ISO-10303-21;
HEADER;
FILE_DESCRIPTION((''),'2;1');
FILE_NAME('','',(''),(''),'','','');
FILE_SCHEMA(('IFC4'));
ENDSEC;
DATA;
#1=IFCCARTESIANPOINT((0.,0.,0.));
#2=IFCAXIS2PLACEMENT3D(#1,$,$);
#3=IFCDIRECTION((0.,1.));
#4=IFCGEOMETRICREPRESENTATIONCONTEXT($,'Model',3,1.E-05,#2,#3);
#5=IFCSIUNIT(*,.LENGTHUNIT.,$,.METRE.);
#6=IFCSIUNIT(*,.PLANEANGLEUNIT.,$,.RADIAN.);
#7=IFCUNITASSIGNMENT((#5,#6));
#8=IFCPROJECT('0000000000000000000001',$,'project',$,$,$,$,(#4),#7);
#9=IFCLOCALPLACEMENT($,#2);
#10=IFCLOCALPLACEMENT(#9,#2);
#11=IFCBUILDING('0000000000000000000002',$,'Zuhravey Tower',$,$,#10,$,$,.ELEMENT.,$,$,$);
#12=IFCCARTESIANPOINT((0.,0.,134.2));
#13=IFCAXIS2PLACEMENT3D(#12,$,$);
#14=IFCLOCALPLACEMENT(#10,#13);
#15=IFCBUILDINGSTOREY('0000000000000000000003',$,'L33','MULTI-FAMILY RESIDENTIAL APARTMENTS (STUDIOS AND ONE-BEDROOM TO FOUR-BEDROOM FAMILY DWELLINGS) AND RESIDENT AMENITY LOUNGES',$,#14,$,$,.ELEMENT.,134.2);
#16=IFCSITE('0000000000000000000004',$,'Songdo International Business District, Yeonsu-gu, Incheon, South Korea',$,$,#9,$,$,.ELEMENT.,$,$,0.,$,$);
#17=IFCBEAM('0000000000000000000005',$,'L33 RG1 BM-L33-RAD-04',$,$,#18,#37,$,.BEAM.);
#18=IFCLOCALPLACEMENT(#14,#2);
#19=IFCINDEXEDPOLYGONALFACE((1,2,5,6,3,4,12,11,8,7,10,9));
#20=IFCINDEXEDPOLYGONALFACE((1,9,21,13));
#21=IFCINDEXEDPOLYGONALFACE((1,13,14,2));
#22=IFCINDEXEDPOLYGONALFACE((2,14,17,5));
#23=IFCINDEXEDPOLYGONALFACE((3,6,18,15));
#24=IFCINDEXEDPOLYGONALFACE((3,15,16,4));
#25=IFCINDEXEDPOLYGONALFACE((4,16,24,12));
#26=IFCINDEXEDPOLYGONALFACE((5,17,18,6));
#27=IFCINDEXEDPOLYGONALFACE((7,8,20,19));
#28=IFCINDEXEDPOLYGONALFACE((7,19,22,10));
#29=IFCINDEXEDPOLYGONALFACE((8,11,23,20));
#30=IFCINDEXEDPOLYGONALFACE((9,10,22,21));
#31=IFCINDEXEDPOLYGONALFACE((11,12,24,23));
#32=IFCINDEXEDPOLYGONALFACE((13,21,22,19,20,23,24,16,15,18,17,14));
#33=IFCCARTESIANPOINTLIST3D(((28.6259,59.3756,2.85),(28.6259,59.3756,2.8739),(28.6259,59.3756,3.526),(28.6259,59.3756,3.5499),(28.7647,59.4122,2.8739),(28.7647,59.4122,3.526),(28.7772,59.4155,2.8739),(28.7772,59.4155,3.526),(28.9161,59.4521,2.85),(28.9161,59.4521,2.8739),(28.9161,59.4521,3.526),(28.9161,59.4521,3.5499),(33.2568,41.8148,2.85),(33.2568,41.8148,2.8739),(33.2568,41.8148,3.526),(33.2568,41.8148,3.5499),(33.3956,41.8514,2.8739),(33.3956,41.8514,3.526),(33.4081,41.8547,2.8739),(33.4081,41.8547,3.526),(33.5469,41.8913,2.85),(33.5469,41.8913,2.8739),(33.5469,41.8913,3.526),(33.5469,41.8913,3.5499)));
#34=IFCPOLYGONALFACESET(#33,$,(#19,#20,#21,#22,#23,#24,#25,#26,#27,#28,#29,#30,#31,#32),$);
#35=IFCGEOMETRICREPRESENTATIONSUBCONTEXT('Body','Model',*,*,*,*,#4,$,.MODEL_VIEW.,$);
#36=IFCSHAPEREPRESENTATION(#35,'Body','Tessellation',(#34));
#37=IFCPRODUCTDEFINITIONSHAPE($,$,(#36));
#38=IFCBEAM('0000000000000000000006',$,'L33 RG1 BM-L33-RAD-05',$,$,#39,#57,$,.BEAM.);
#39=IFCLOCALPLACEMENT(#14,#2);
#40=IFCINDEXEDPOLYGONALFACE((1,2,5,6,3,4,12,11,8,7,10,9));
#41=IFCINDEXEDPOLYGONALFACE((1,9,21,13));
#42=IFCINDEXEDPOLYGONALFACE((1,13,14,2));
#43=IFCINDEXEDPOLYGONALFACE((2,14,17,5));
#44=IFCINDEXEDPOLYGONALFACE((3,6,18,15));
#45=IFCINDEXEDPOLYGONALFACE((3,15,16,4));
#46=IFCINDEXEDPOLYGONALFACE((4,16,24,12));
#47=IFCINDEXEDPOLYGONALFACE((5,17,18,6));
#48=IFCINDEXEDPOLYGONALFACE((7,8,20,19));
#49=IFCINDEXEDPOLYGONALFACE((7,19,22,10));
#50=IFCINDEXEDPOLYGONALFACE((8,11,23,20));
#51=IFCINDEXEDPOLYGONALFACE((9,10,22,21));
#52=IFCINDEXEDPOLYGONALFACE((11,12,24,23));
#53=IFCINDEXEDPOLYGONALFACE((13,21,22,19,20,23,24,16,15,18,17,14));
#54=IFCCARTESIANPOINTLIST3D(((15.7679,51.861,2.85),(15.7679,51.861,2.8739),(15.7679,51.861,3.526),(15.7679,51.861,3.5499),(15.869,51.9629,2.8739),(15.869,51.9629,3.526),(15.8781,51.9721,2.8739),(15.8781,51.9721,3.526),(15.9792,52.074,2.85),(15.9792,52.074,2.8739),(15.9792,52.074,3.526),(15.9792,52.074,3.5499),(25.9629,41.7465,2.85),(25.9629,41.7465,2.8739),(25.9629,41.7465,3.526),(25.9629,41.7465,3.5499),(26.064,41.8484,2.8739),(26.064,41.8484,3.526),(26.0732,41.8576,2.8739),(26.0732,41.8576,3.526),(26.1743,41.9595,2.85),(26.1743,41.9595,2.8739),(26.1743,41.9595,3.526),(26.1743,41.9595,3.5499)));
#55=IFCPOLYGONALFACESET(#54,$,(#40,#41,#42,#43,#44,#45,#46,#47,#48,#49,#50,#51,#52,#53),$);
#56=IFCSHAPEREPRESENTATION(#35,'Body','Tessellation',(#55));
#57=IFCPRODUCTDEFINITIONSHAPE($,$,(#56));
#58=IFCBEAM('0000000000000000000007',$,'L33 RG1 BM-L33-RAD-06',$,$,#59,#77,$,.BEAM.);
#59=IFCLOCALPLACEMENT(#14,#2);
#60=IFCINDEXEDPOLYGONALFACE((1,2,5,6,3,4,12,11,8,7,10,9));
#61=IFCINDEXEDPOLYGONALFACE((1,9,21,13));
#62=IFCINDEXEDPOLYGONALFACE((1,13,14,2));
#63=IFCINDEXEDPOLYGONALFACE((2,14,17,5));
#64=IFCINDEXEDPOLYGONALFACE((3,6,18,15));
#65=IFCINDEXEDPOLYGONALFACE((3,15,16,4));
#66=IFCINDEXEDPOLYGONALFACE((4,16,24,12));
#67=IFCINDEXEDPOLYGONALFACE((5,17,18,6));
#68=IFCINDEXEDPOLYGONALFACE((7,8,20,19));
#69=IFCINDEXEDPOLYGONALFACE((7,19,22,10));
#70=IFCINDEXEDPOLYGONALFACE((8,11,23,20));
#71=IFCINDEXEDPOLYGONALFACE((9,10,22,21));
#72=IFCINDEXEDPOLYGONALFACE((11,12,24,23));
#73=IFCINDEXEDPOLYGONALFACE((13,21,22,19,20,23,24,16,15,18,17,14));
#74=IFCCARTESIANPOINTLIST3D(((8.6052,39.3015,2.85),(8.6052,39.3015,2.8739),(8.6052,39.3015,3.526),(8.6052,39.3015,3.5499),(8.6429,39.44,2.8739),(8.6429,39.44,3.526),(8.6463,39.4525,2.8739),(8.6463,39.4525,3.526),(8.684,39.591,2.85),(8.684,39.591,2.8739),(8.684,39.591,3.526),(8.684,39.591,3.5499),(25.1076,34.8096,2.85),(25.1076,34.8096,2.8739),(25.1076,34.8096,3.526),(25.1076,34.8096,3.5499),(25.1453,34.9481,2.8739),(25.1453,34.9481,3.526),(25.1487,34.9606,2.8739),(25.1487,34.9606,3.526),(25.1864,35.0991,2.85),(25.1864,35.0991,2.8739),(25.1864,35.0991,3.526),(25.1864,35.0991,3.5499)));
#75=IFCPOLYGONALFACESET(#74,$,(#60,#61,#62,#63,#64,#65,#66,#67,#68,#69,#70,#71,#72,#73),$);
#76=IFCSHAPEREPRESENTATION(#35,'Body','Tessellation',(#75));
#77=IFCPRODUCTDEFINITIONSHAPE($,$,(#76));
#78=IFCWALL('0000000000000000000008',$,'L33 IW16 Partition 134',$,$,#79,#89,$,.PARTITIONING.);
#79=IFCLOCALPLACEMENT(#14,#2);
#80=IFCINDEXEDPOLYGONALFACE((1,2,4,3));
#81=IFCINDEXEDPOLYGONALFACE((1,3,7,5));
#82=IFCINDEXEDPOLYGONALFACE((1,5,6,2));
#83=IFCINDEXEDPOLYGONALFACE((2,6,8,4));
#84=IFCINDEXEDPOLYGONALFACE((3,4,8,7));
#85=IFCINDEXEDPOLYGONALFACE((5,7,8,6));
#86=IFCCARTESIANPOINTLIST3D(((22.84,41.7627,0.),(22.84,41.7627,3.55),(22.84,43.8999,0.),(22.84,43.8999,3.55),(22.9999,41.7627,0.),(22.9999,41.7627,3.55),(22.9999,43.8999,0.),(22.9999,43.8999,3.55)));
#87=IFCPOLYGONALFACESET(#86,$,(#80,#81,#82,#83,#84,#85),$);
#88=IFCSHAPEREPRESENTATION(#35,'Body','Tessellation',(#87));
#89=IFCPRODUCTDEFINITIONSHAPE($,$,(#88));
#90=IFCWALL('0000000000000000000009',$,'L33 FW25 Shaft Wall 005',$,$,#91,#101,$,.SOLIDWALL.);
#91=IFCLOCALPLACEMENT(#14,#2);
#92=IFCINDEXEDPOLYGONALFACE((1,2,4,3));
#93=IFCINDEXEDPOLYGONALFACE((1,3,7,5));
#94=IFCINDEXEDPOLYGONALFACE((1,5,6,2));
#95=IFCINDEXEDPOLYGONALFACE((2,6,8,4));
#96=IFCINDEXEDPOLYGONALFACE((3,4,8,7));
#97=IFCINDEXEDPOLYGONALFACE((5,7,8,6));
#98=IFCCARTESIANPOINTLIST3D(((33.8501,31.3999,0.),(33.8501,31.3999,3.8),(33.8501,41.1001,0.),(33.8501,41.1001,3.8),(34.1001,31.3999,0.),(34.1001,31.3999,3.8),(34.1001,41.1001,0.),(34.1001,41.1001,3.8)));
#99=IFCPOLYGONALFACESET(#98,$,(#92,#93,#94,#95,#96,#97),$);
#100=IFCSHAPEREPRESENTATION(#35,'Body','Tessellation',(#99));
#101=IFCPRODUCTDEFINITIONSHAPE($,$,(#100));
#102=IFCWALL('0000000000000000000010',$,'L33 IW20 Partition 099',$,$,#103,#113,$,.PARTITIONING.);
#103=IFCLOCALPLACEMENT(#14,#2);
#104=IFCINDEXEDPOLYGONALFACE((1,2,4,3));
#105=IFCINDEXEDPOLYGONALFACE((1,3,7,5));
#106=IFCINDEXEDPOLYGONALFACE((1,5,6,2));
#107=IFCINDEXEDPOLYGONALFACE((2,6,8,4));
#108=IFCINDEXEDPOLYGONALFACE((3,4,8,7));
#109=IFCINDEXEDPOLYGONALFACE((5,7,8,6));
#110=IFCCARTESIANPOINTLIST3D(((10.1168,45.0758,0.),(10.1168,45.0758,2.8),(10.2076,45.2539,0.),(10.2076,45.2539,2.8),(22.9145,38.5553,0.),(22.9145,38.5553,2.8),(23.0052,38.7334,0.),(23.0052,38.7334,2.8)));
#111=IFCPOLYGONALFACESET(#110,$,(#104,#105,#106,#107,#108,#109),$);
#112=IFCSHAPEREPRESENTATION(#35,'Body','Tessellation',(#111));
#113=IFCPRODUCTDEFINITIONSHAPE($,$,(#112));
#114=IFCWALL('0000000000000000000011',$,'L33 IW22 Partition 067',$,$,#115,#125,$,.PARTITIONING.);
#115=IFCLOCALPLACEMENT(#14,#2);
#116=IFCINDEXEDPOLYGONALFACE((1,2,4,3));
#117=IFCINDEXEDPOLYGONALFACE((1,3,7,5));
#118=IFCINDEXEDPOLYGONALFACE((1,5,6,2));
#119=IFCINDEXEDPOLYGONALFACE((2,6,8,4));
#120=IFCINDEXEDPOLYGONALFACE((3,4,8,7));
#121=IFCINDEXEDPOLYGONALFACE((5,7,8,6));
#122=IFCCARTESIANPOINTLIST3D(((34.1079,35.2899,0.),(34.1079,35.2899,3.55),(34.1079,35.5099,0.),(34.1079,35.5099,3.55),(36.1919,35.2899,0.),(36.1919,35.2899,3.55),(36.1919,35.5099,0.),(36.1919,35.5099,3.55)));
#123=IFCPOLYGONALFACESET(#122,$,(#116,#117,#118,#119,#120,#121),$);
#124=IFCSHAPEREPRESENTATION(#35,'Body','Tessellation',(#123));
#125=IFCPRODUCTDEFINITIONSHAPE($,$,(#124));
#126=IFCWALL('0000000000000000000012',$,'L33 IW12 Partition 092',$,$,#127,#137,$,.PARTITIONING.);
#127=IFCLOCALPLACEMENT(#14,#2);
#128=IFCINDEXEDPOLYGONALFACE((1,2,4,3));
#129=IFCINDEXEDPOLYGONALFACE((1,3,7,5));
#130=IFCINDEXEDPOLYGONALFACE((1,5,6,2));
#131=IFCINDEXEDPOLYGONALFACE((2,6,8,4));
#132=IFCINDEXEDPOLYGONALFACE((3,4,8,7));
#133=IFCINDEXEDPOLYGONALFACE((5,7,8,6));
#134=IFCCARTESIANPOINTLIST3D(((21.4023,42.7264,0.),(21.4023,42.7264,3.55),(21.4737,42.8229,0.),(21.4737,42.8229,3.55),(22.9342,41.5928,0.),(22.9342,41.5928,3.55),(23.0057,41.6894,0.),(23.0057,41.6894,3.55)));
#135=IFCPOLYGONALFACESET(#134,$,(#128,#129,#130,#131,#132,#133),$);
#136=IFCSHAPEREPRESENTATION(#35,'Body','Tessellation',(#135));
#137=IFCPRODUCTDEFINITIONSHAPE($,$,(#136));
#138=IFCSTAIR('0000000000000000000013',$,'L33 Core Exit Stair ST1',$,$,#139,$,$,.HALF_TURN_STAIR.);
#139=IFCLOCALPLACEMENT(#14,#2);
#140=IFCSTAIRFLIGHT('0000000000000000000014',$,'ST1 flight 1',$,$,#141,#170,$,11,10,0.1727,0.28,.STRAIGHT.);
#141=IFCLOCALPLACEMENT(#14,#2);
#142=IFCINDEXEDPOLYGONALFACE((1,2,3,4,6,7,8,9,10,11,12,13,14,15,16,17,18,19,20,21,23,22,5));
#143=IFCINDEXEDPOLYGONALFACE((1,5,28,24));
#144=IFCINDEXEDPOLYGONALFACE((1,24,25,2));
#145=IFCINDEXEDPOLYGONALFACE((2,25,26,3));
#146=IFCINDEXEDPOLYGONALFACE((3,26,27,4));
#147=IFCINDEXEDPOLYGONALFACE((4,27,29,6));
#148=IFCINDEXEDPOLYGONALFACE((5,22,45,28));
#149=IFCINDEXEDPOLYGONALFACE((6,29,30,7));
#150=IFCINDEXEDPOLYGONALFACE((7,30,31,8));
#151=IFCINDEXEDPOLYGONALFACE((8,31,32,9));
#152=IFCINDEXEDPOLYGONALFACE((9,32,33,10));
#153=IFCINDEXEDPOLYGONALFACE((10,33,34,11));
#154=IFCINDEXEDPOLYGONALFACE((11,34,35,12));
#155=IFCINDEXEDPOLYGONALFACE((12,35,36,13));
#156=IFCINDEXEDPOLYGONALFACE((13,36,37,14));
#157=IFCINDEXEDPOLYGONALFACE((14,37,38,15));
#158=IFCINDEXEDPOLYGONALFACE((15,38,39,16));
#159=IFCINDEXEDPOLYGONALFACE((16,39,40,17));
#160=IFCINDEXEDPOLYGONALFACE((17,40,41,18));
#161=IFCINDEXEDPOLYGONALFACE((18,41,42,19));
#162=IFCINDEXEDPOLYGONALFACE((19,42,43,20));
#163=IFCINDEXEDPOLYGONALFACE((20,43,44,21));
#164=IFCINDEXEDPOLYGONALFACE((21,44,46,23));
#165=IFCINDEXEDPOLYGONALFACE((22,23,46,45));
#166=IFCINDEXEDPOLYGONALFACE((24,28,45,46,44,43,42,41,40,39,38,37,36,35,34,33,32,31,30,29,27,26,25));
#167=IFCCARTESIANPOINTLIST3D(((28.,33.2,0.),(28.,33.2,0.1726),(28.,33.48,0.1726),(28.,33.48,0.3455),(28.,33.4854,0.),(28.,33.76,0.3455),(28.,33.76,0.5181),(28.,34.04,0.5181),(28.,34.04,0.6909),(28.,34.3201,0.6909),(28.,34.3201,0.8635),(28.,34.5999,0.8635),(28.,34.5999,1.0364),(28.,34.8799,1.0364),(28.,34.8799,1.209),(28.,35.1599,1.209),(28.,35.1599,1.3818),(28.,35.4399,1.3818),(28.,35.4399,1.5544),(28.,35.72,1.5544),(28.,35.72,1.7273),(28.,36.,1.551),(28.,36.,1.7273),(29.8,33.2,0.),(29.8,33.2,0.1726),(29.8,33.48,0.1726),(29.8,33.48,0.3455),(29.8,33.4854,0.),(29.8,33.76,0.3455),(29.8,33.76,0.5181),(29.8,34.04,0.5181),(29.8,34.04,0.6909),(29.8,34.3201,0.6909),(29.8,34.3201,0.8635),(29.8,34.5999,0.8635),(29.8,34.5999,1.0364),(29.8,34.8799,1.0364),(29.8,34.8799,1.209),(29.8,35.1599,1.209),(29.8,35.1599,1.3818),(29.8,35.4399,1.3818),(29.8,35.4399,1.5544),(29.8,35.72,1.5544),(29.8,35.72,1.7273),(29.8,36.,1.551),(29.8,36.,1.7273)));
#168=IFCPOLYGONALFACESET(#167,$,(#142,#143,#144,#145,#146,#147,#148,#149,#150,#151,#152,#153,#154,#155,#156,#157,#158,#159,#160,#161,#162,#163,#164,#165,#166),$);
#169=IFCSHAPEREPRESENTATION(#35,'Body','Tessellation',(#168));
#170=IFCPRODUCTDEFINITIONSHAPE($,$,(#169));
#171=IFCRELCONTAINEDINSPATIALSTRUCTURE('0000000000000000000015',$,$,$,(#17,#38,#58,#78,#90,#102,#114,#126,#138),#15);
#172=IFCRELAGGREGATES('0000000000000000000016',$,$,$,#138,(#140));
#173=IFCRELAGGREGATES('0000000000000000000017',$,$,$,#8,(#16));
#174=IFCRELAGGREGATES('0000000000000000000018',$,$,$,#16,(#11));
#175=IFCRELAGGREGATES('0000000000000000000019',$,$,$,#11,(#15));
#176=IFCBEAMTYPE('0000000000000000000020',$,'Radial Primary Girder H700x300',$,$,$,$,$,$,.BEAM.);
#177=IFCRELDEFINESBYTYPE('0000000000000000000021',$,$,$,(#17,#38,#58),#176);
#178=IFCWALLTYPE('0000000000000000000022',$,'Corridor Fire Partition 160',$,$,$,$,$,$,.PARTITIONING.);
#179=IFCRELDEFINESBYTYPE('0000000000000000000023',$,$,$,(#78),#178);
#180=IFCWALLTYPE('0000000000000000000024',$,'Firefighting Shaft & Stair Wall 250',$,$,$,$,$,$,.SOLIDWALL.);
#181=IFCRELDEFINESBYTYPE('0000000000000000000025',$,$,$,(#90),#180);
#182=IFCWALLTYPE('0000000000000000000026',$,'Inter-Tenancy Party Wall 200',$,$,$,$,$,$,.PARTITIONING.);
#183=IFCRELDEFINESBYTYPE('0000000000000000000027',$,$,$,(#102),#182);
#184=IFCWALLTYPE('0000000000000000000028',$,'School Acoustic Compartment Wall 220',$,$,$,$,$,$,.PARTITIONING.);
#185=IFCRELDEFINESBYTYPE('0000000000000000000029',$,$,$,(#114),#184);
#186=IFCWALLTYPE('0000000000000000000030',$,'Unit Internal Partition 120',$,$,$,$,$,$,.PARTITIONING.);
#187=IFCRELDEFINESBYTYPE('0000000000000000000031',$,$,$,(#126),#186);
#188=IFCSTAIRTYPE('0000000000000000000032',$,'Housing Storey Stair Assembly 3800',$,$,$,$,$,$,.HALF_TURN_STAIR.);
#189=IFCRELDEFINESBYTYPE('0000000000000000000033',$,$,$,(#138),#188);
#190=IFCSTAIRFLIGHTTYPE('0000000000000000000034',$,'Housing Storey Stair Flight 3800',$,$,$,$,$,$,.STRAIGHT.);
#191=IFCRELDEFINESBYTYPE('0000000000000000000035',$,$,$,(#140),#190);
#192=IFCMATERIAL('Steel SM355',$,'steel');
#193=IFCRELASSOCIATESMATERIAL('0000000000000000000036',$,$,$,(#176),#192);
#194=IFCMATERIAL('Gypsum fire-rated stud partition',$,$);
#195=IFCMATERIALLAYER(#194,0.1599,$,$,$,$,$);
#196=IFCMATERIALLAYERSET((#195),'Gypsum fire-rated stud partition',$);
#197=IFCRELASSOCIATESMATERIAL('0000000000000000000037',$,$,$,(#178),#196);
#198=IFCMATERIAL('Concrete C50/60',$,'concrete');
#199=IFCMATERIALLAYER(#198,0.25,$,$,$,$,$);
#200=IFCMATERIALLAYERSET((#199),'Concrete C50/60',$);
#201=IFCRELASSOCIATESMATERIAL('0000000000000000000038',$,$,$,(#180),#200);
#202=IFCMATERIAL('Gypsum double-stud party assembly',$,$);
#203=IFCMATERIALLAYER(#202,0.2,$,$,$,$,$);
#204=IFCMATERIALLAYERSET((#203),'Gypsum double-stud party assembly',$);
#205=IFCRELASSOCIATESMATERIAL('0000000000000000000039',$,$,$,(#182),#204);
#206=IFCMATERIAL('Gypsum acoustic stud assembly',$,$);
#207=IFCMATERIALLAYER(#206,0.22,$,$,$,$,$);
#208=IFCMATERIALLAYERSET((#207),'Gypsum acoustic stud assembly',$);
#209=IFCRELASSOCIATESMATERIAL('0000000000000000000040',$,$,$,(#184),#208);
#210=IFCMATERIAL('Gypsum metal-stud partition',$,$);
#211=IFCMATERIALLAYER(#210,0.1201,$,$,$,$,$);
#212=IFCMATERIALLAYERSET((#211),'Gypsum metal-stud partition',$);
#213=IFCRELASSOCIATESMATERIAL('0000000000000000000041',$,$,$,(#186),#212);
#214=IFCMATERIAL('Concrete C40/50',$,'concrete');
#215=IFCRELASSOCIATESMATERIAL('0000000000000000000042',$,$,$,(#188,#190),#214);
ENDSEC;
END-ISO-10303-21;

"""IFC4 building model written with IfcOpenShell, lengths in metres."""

from ifc_helpers import new_model, si_unit, direction, frame, frame_2d, origin, origin_2d, place, context, subcontext, project, spatial, polyline, rectangle, i_section, outline, extrude, material, layer, layer_set, material_profile, profile_set, type_object, element, aggregate, save


model = new_model("IFC4")

# Units and contexts
model_context = context("Model", 3, precision=1e-05, world=origin(), true_north=direction((0.0, 1.0)))
body_context = subcontext(model_context, "Body", "Model", "MODEL_VIEW")
ifc_project = project(units=[si_unit("LENGTHUNIT", "METRE"), si_unit("PLANEANGLEUNIT", "RADIAN")], contexts=[model_context])

# Site, building, storey
site_placement = place(None, origin())
site = spatial("IfcSite", under=ifc_project, at=site_placement, Name="Songdo International Business District, Yeonsu-gu, Incheon, South Korea", CompositionType="ELEMENT", RefElevation=0.0)
building_placement = place(site_placement, origin())
building = spatial("IfcBuilding", under=site, at=building_placement, Name="Zuhravey Tower", CompositionType="ELEMENT")
storey_placement = place(building_placement, frame((0.0, 0.0, 134.2)))
storey = spatial("IfcBuildingStorey", under=building, at=storey_placement, Name="L33", Description="MULTI-FAMILY RESIDENTIAL APARTMENTS (STUDIOS AND ONE-BEDROOM TO FOUR-BEDROOM FAMILY DWELLINGS) AND RESIDENT AMENITY LOUNGES", CompositionType="ELEMENT", Elevation=134.2)

# Beams
ifc_material_1 = material(Name="Steel SM355", Category="steel")
ifc_material_profile = material_profile(ifc_material_1, i_section(OverallWidth=0.3, OverallDepth=0.7, WebThickness=0.0129, FlangeThickness=0.0239, at=origin_2d()), Name="H-700x300x13x24")
ifc_profile_set = profile_set([ifc_material_profile], Name="Steel SM355")
beam_type = type_object("IfcBeamType", Name="Radial Primary Girder H700x300", PredefinedType="BEAM", material=ifc_profile_set)
beam_1_placement = place(storey_placement, frame((33.4019, 41.853, 3.2), z_axis=(-0.254988, 0.966944, 0.0), x_axis=(-0.966944, -0.254988, 0.0)))
element("IfcBeam", 1, at=beam_1_placement, inside=storey, type_object=beam_type, Name="L33 RG1 BM-L33-RAD-04", PredefinedType="BEAM", context=body_context, shape_type="SweptSolid", body=[
    extrude(i_section(OverallWidth=0.3, OverallDepth=0.7, WebThickness=0.0129, FlangeThickness=0.0239, at=origin_2d()), origin(), (0.0, 0.0, 1.0), 18.1611),
])
beam_2_placement = place(storey_placement, frame((26.0686, 41.853, 3.2), z_axis=(-0.709906, 0.704296, 0.0), x_axis=(-0.704296, -0.709906, 0.0)))
element("IfcBeam", 2, at=beam_2_placement, inside=storey, type_object=beam_type, Name="L33 RG1 BM-L33-RAD-05", PredefinedType="BEAM", context=body_context, shape_type="SweptSolid", body=[
    extrude(i_section(OverallWidth=0.3, OverallDepth=0.7, WebThickness=0.0129, FlangeThickness=0.0239, at=origin_2d()), origin(), (0.0, 0.0, 1.0), 14.3611),
])
beam_3_placement = place(storey_placement, frame((25.147, 34.9543, 3.2), z_axis=(-0.964893, 0.262643, 0.0), x_axis=(-0.262643, -0.964893, 0.0)))
element("IfcBeam", 3, at=beam_3_placement, inside=storey, type_object=beam_type, Name="L33 RG1 BM-L33-RAD-06", PredefinedType="BEAM", context=body_context, shape_type="SweptSolid", body=[
    extrude(i_section(OverallWidth=0.3, OverallDepth=0.7, WebThickness=0.0129, FlangeThickness=0.0239, at=origin_2d()), origin(), (0.0, 0.0, 1.0), 17.1028),
])

# Walls
ifc_material_2 = material(Name="Gypsum fire-rated stud partition")
ifc_layer_1 = layer(ifc_material_2, 0.1599)
ifc_layer_set_1 = layer_set([ifc_layer_1], Name="Gypsum fire-rated stud partition")
wall_type_1 = type_object("IfcWallType", Name="Corridor Fire Partition 160", PredefinedType="PARTITIONING", material=ifc_layer_set_1)
wall_1_placement = place(storey_placement, frame((22.9199, 43.8999, 0.0), z_axis=(0.0, 0.0, 1.0), x_axis=(0.0, -1.0, 0.0)))
element("IfcWall", 4, at=wall_1_placement, inside=storey, type_object=wall_type_1, Name="L33 IW16 Partition 134", PredefinedType="PARTITIONING", context=body_context, shape_type="SweptSolid", body=[
    extrude(rectangle(XDim=2.1372, YDim=0.1599, at=frame_2d((1.0686, 0.0))), origin(), (0.0, 0.0, 1.0), 3.55),
])
ifc_material_3 = material(Name="Concrete C50/60", Category="concrete")
ifc_layer_2 = layer(ifc_material_3, 0.25)
ifc_layer_set_2 = layer_set([ifc_layer_2], Name="Concrete C50/60")
wall_type_2 = type_object("IfcWallType", Name="Firefighting Shaft & Stair Wall 250", PredefinedType="SOLIDWALL", material=ifc_layer_set_2)
wall_2_placement = place(storey_placement, frame((33.9751, 31.3999, 0.0), z_axis=(0.0, 0.0, 1.0), x_axis=(0.0, 1.0, 0.0)))
element("IfcWall", 5, at=wall_2_placement, inside=storey, type_object=wall_type_2, Name="L33 FW25 Shaft Wall 005", PredefinedType="SOLIDWALL", context=body_context, shape_type="SweptSolid", body=[
    extrude(rectangle(XDim=9.7002, YDim=0.25, at=frame_2d((4.8501, 0.0))), origin(), (0.0, 0.0, 1.0), 3.8),
])
ifc_material_4 = material(Name="Gypsum double-stud party assembly")
ifc_layer_3 = layer(ifc_material_4, 0.2)
ifc_layer_set_3 = layer_set([ifc_layer_3], Name="Gypsum double-stud party assembly")
wall_type_3 = type_object("IfcWallType", Name="Inter-Tenancy Party Wall 200", PredefinedType="PARTITIONING", material=ifc_layer_set_3)
wall_3_placement = place(storey_placement, frame((22.96, 38.6443, 0.0), z_axis=(0.0, 0.0, 1.0), x_axis=(-0.891012, 0.45398, 0.0)))
element("IfcWall", 6, at=wall_3_placement, inside=storey, type_object=wall_type_3, Name="L33 IW20 Partition 099", PredefinedType="PARTITIONING", context=body_context, shape_type="SweptSolid", body=[
    extrude(rectangle(XDim=14.363, YDim=0.2, at=frame_2d((7.1816, 0.0))), origin(), (0.0, 0.0, 1.0), 2.8),
])
ifc_material_5 = material(Name="Gypsum acoustic stud assembly")
ifc_layer_4 = layer(ifc_material_5, 0.22)
ifc_layer_set_4 = layer_set([ifc_layer_4], Name="Gypsum acoustic stud assembly")
wall_type_4 = type_object("IfcWallType", Name="School Acoustic Compartment Wall 220", PredefinedType="PARTITIONING", material=ifc_layer_set_4)
wall_4_placement = place(storey_placement, frame((34.1079, 35.3999, 0.0), z_axis=(0.0, 0.0, 1.0), x_axis=(1.0, 0.0, 0.0)))
element("IfcWall", 7, at=wall_4_placement, inside=storey, type_object=wall_type_4, Name="L33 IW22 Partition 067", PredefinedType="PARTITIONING", context=body_context, shape_type="SweptSolid", body=[
    extrude(rectangle(XDim=2.084, YDim=0.22, at=frame_2d((1.042, 0.0))), origin(), (0.0, 0.0, 1.0), 3.55),
])
ifc_material_6 = material(Name="Gypsum metal-stud partition")
ifc_layer_5 = layer(ifc_material_6, 0.1201)
ifc_layer_set_5 = layer_set([ifc_layer_5], Name="Gypsum metal-stud partition")
wall_type_5 = type_object("IfcWallType", Name="Unit Internal Partition 120", PredefinedType="PARTITIONING", material=ifc_layer_set_5)
wall_5_placement = place(storey_placement, frame((22.97, 41.6411, 0.0), z_axis=(0.0, 0.0, 1.0), x_axis=(-0.803873, 0.594802, 0.0)))
element("IfcWall", 8, at=wall_5_placement, inside=storey, type_object=wall_type_5, Name="L33 IW12 Partition 092", PredefinedType="PARTITIONING", context=body_context, shape_type="SweptSolid", body=[
    extrude(rectangle(XDim=1.9058, YDim=0.1201, at=frame_2d((0.9529, 0.0))), origin(), (0.0, 0.0, 1.0), 3.55),
])

# Stair, stair flight
ifc_material_7 = material(Name="Concrete C40/50", Category="concrete")
stair_type = type_object("IfcStairType", Name="Housing Storey Stair Assembly 3800", PredefinedType="HALF_TURN_STAIR", material=ifc_material_7)
stair_1_placement = place(storey_placement, origin())
stair_1 = element("IfcStair", 9, at=stair_1_placement, inside=storey, type_object=stair_type, Name="L33 Core Exit Stair ST1", PredefinedType="HALF_TURN_STAIR")
stair_flight_type = type_object("IfcStairFlightType", Name="Housing Storey Stair Flight 3800", PredefinedType="STRAIGHT", material=ifc_material_7)
stair_flight_1_placement = place(storey_placement, frame((28.8999, 33.2, 0.0), z_axis=(0.0, 0.0, 1.0), x_axis=(0.0, 1.0, 0.0)))
stair_flight_1 = element("IfcStairFlight", 10, at=stair_flight_1_placement, type_object=stair_flight_type, Name="ST1 flight 1", NumberOfRisers=11, NumberOfTreads=10, PredefinedType="STRAIGHT", RiserHeight=0.1727, TreadLength=0.28, context=body_context, shape_type="SweptSolid", body=[
    extrude(outline(polyline([(0.0, 0.0), (0.0, 0.1726), (0.28, 0.1726), (0.28, 0.3455), (0.5601, 0.3455), (0.5601, 0.5181), (0.8401, 0.5181), (0.8401, 0.6909), (1.1201, 0.6909), (1.1201, 0.8635), (1.3999, 0.8635), (1.3999, 1.0364), (1.6799, 1.0364), (1.6799, 1.209), (1.96, 1.209), (1.96, 1.3818), (2.24, 1.3818), (2.24, 1.5544), (2.52, 1.5544), (2.52, 1.7273), (2.8, 1.7273), (2.8, 1.8999), (2.8, 1.551), (0.2854, 0.0), (0.0, 0.0)])), frame((0.0, 0.8999, 0.0), z_axis=(0.0, -1.0, 0.0), x_axis=(1.0, 0.0, 0.0)), (0.0, 0.0, 1.0), 1.8),
])
aggregate(stair_1, [stair_flight_1])

save(model, "model.ifc")
